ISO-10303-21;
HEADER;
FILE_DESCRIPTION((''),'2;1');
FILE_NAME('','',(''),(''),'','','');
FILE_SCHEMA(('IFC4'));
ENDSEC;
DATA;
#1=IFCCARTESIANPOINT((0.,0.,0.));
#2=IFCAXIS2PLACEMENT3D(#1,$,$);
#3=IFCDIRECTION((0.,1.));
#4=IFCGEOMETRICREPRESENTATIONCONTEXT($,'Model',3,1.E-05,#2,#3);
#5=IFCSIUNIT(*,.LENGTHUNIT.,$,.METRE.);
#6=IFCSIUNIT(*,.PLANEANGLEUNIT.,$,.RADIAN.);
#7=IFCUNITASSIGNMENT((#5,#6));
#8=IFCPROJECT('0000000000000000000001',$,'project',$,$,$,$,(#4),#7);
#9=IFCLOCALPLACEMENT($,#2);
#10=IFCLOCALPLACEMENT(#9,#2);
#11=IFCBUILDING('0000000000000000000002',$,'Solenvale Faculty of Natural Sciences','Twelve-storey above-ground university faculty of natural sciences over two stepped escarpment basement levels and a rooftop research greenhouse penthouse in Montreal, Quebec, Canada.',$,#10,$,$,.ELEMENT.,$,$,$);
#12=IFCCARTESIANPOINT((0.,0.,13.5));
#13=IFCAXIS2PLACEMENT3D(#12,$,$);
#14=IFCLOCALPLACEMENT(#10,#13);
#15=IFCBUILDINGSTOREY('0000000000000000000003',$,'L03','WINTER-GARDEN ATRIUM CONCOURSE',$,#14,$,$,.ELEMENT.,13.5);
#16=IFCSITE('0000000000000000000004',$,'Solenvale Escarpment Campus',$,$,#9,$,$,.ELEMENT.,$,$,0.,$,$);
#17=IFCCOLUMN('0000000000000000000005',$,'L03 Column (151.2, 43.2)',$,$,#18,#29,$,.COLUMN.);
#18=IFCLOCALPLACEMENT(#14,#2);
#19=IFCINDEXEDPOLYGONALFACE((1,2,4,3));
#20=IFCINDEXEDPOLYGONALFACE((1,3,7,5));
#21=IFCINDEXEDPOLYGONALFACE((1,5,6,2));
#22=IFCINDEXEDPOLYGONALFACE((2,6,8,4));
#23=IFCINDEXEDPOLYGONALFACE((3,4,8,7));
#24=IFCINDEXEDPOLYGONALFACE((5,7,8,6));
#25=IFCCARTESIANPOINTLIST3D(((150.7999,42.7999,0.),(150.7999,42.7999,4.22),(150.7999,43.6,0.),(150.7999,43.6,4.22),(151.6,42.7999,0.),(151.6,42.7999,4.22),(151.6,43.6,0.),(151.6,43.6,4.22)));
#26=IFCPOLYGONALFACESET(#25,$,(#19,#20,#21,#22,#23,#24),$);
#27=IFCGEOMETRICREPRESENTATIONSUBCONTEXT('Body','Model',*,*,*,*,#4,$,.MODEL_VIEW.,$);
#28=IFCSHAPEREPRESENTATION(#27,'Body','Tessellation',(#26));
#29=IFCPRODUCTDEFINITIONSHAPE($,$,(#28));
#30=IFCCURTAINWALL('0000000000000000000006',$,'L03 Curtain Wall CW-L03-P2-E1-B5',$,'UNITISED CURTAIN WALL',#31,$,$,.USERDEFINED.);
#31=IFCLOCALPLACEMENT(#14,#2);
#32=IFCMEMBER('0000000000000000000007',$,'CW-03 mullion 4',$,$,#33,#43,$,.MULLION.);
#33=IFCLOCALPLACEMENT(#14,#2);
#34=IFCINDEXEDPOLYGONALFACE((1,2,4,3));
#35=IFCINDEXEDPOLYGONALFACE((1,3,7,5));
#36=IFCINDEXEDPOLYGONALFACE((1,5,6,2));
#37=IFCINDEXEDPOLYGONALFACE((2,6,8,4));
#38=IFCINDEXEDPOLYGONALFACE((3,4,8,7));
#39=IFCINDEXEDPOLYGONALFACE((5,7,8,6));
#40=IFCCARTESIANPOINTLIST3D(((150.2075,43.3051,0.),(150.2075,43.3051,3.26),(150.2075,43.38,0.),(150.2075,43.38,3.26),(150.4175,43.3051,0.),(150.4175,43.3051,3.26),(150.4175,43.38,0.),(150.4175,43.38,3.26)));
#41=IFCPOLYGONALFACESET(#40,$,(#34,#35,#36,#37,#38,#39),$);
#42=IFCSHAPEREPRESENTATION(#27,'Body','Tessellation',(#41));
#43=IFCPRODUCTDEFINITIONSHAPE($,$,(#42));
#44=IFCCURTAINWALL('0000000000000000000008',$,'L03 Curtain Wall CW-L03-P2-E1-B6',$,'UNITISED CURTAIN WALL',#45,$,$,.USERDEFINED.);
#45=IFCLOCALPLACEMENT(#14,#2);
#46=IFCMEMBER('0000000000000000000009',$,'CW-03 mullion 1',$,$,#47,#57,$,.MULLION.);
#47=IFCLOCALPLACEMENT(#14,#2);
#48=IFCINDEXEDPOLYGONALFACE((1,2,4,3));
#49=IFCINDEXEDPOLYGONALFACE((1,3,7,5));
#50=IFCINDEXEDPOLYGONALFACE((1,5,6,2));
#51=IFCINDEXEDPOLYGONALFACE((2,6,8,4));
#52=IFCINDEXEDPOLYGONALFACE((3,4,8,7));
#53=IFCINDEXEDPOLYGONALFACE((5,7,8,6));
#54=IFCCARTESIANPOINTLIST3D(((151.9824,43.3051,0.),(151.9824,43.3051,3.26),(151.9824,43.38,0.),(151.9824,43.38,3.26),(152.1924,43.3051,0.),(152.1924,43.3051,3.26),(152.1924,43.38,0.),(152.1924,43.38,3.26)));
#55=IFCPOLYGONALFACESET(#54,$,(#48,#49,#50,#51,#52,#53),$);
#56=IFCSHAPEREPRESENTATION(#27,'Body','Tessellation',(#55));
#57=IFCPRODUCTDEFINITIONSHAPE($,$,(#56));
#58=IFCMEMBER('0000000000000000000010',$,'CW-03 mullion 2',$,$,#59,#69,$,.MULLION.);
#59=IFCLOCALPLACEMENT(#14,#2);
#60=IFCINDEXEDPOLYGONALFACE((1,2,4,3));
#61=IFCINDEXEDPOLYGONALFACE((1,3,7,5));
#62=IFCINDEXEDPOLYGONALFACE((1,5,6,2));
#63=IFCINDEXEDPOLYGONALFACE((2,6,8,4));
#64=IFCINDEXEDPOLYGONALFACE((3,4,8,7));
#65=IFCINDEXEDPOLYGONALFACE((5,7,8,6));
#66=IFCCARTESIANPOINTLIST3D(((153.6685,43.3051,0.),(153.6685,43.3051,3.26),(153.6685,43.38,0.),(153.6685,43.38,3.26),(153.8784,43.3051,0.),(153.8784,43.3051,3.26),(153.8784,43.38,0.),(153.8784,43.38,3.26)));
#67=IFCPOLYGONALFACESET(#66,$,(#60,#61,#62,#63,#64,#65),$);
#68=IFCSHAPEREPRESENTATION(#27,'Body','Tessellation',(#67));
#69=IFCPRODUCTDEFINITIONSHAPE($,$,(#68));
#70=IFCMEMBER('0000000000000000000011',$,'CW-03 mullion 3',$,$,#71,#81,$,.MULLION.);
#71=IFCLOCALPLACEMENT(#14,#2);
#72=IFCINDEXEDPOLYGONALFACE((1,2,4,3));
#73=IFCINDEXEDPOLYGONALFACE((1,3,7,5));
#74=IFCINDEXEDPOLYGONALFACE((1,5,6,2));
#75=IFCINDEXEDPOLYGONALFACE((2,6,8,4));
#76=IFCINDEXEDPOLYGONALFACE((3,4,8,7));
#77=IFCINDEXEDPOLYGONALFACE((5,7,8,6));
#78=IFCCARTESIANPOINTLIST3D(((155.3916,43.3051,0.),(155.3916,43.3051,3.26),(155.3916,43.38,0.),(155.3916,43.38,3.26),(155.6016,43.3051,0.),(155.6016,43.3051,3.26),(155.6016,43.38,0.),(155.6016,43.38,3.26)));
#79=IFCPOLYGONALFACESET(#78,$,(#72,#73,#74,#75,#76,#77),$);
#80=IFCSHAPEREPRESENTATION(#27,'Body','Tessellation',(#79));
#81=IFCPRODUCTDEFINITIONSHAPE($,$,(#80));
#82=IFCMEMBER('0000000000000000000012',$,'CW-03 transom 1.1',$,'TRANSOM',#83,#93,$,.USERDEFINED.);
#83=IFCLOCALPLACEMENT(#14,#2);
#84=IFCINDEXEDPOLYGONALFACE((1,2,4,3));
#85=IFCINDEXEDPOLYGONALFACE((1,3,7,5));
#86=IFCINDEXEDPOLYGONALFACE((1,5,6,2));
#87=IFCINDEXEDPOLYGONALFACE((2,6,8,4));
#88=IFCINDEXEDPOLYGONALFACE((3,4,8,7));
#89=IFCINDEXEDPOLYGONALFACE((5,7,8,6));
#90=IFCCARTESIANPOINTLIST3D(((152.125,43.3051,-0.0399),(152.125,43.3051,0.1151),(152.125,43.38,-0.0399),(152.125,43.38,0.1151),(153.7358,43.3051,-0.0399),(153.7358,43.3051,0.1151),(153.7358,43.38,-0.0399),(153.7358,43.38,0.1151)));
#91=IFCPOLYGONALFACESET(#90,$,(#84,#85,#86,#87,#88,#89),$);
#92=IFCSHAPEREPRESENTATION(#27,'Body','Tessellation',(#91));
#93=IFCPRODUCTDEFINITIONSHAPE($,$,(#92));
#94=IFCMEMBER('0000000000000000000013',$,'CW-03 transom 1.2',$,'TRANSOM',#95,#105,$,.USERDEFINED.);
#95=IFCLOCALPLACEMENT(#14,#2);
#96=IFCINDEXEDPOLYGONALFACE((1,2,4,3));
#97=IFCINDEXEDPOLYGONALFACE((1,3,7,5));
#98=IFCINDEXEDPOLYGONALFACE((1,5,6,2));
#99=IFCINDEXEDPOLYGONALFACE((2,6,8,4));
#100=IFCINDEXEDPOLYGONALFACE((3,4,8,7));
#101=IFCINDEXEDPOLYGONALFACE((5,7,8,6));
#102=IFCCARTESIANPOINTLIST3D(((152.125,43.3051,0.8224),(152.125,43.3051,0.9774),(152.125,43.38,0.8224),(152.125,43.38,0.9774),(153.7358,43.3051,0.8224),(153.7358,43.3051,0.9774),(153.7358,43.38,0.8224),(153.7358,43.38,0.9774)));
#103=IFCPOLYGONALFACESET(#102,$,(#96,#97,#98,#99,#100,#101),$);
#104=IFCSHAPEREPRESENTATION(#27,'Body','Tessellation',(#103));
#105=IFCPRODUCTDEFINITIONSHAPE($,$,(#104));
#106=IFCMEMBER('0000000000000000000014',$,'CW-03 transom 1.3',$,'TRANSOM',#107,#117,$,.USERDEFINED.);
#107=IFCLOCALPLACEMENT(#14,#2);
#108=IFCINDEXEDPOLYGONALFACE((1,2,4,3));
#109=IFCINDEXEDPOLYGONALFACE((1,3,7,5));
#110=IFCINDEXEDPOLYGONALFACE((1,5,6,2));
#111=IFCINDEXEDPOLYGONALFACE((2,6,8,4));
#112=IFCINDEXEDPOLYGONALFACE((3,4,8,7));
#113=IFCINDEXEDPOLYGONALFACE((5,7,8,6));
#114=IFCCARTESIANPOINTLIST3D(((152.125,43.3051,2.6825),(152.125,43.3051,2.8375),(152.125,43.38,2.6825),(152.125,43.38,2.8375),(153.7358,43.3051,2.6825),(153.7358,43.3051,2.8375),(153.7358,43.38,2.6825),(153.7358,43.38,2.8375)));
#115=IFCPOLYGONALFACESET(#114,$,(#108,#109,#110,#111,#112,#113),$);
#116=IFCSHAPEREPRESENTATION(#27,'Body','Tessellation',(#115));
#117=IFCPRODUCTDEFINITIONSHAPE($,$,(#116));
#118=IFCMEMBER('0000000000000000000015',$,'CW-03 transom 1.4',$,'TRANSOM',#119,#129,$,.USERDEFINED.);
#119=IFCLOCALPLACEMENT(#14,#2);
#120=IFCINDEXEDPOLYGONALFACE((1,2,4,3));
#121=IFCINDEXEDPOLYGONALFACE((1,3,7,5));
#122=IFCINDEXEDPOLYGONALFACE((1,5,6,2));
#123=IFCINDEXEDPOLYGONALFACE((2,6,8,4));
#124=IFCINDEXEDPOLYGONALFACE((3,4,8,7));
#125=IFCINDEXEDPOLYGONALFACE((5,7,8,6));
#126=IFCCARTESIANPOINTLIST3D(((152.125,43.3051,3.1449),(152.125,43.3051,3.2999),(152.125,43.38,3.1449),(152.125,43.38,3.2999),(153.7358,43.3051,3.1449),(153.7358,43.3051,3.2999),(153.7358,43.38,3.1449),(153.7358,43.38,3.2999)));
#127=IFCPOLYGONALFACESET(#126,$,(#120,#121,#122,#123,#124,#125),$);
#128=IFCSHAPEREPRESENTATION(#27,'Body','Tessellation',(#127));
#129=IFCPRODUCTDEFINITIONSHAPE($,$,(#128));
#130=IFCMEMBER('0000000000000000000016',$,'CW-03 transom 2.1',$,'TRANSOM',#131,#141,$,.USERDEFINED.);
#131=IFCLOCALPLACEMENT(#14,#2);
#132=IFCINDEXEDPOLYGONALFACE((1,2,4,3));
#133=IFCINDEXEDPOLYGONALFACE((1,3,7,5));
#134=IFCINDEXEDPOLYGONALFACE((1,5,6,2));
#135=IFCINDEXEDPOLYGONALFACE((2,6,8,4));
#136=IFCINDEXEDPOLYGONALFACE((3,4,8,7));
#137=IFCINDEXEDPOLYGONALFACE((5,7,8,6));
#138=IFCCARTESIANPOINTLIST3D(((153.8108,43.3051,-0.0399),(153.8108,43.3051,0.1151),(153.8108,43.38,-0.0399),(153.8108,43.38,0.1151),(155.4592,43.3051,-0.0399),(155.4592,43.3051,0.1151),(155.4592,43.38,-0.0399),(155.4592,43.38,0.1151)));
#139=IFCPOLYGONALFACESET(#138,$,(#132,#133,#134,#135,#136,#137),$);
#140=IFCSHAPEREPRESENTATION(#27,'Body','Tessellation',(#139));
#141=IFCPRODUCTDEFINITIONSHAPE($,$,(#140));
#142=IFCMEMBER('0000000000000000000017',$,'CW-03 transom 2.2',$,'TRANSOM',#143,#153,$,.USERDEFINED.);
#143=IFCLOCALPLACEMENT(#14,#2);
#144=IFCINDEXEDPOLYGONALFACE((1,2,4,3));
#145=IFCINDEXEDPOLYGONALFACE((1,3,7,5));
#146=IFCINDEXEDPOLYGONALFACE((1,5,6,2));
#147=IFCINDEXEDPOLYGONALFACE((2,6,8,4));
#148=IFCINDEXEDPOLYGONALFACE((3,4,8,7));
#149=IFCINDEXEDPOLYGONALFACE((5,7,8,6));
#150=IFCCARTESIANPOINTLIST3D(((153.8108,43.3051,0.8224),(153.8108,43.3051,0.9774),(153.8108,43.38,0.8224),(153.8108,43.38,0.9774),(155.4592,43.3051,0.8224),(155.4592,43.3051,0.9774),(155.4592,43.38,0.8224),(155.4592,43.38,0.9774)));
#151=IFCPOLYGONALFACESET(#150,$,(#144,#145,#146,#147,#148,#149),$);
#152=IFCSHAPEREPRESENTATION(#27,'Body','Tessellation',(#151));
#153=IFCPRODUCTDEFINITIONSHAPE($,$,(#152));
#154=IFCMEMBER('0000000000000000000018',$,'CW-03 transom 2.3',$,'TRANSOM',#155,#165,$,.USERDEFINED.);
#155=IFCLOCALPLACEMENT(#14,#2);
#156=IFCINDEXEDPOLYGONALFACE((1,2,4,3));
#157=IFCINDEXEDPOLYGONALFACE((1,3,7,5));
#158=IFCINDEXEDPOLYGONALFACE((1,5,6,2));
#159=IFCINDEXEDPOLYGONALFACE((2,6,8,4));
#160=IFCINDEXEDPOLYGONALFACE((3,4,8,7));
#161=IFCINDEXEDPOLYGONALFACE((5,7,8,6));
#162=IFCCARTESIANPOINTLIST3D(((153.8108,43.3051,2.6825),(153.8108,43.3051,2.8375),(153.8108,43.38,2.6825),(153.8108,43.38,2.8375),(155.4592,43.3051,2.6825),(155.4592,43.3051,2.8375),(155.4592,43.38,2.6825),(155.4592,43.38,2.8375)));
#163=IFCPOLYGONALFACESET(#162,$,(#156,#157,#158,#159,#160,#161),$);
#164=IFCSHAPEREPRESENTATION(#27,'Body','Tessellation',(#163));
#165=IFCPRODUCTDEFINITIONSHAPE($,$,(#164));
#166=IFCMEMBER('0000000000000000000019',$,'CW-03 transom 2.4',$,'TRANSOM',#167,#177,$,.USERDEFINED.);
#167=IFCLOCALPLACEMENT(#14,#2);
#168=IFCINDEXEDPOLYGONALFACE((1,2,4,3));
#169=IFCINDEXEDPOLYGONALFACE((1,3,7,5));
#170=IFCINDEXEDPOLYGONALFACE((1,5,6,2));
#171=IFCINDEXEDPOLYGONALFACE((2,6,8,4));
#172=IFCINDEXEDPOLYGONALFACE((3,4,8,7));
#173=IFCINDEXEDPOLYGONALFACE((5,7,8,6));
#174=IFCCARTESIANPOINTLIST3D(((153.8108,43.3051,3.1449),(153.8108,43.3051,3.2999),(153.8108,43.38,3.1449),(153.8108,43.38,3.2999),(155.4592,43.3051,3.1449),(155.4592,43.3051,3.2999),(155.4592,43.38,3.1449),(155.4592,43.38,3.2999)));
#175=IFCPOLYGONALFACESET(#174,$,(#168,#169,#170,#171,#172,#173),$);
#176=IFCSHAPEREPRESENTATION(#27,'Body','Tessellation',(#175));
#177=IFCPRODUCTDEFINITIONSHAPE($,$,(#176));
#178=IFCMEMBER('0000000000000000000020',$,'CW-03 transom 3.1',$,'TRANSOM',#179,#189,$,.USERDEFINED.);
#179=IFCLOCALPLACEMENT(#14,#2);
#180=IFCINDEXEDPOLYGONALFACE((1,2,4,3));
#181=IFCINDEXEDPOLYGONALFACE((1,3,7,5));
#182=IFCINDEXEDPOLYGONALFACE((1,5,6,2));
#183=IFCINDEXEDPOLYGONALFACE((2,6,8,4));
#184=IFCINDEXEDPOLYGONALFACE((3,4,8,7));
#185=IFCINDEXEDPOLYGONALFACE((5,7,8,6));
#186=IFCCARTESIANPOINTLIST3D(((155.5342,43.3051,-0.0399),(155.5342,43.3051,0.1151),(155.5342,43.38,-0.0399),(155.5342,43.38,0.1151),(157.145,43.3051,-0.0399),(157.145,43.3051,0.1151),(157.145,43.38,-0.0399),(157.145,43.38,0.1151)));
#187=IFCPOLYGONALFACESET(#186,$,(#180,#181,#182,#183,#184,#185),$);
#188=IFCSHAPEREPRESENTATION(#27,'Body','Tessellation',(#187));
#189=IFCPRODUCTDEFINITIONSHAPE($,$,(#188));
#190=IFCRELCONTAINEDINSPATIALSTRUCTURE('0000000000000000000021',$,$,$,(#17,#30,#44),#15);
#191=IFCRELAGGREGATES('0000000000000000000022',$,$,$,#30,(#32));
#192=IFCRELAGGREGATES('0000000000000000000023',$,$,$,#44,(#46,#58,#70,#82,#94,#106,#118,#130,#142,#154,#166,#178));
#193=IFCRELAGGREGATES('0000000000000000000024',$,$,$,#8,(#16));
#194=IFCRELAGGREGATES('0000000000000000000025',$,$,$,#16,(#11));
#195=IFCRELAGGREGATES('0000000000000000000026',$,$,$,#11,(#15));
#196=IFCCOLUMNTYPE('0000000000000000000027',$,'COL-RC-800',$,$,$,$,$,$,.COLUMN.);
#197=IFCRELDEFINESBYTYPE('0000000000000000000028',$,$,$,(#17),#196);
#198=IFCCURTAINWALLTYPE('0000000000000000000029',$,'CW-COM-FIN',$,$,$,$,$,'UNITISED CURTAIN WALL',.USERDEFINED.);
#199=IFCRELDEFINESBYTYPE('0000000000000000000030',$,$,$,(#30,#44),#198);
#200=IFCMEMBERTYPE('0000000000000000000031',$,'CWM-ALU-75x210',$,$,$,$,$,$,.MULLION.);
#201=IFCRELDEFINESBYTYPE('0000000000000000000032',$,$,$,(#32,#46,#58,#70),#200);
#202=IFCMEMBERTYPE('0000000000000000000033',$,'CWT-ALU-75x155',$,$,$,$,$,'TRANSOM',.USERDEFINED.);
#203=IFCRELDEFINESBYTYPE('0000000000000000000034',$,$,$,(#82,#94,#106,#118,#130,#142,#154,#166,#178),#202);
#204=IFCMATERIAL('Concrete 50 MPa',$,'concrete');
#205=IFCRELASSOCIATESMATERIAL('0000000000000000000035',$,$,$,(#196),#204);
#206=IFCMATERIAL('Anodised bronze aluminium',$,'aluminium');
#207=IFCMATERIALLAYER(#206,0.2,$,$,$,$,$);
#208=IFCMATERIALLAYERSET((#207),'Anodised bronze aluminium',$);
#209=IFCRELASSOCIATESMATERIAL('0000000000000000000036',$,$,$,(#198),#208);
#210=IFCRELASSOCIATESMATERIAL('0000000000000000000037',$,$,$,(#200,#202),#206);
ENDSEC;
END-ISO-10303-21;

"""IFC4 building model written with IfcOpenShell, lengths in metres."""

from ifc_helpers import new_model, si_unit, direction, frame, origin, origin_2d, place, context, subcontext, project, spatial, rectangle, extrude, material, layer, layer_set, material_profile, profile_set, type_object, element, aggregate, save


model = new_model("IFC4")

# Units and contexts
model_context = context("Model", 3, precision=1e-05, world=origin(), true_north=direction((0.0, 1.0)))
body_context = subcontext(model_context, "Body", "Model", "MODEL_VIEW")
ifc_project = project(units=[si_unit("LENGTHUNIT", "METRE"), si_unit("PLANEANGLEUNIT", "RADIAN")], contexts=[model_context])

# Site, building, storey
site_placement = place(None, origin())
site = spatial("IfcSite", under=ifc_project, at=site_placement, Name="Solenvale Escarpment Campus", CompositionType="ELEMENT", RefElevation=0.0)
building_placement = place(site_placement, origin())
building = spatial("IfcBuilding", under=site, at=building_placement, Name="Solenvale Faculty of Natural Sciences", Description="Twelve-storey above-ground university faculty of natural sciences over two stepped escarpment basement levels and a rooftop research greenhouse penthouse in Montreal, Quebec, Canada.", CompositionType="ELEMENT")
storey_placement = place(building_placement, frame((0.0, 0.0, 13.5)))
storey = spatial("IfcBuildingStorey", under=building, at=storey_placement, Name="L03", Description="WINTER-GARDEN ATRIUM CONCOURSE", CompositionType="ELEMENT", Elevation=13.5)

# Column
ifc_material_1 = material(Name="Concrete 50 MPa", Category="concrete")
ifc_material_profile_1 = material_profile(ifc_material_1, rectangle(XDim=0.8, YDim=0.8, at=origin_2d()), Name="RC-COL-800x800")
ifc_profile_set_1 = profile_set([ifc_material_profile_1], Name="Concrete 50 MPa")
column_type = type_object("IfcColumnType", Name="COL-RC-800", PredefinedType="COLUMN", material=ifc_profile_set_1)
column_placement = place(storey_placement, frame((151.2, 43.2, 0.0), z_axis=(0.0, 0.0, 1.0), x_axis=(1.0, 0.0, 0.0)))
element("IfcColumn", 1, at=column_placement, inside=storey, type_object=column_type, Name="L03 Column (151.2, 43.2)", PredefinedType="COLUMN", context=body_context, shape_type="SweptSolid", body=[
    extrude(rectangle(XDim=0.8, YDim=0.8, at=origin_2d()), origin(), (0.0, 0.0, 1.0), 4.22),
])

# Curtain wall, member
ifc_material_2 = material(Name="Anodised bronze aluminium", Category="aluminium")
ifc_layer_1 = layer(ifc_material_2, 0.2)
ifc_layer_set_1 = layer_set([ifc_layer_1], Name="Anodised bronze aluminium")
curtain_wall_type = type_object("IfcCurtainWallType", Name="CW-COM-FIN", ElementType="UNITISED CURTAIN WALL", PredefinedType="USERDEFINED", material=ifc_layer_set_1)
curtain_wall_1_placement = place(storey_placement, origin())
curtain_wall_1 = element("IfcCurtainWall", 2, at=curtain_wall_1_placement, inside=storey, type_object=curtain_wall_type, Name="L03 Curtain Wall CW-L03-P2-E1-B5", ObjectType="UNITISED CURTAIN WALL", PredefinedType="USERDEFINED")
ifc_material_profile_2 = material_profile(ifc_material_2, rectangle(XDim=0.075, YDim=0.21, at=origin_2d()), Name="ALU-MUL-75x210")
ifc_profile_set_2 = profile_set([ifc_material_profile_2], Name="Anodised bronze aluminium")
member_type_1 = type_object("IfcMemberType", Name="CWM-ALU-75x210", PredefinedType="MULLION", material=ifc_profile_set_2)
member_1_placement = place(storey_placement, frame((150.3125, 43.3425, 0.0), z_axis=(0.0, 0.0, 1.0), x_axis=(0.0, 1.0, 0.0)))
member_1 = element("IfcMember", 3, at=member_1_placement, type_object=member_type_1, Name="CW-03 mullion 4", PredefinedType="MULLION", context=body_context, shape_type="SweptSolid", body=[
    extrude(rectangle(XDim=0.075, YDim=0.21, at=origin_2d()), origin(), (0.0, 0.0, 1.0), 3.26),
])
aggregate(curtain_wall_1, [member_1])

# Curtain wall, members
curtain_wall_2_placement = place(storey_placement, origin())
curtain_wall_2 = element("IfcCurtainWall", 4, at=curtain_wall_2_placement, inside=storey, type_object=curtain_wall_type, Name="L03 Curtain Wall CW-L03-P2-E1-B6", ObjectType="UNITISED CURTAIN WALL", PredefinedType="USERDEFINED")
member_2_placement = place(storey_placement, frame((152.0874, 43.3425, 0.0), z_axis=(0.0, 0.0, 1.0), x_axis=(0.0, 1.0, 0.0)))
member_2 = element("IfcMember", 5, at=member_2_placement, type_object=member_type_1, Name="CW-03 mullion 1", PredefinedType="MULLION", context=body_context, shape_type="SweptSolid", body=[
    extrude(rectangle(XDim=0.075, YDim=0.21, at=origin_2d()), origin(), (0.0, 0.0, 1.0), 3.26),
])
member_3_placement = place(storey_placement, frame((153.7734, 43.3425, 0.0), z_axis=(0.0, 0.0, 1.0), x_axis=(0.0, 1.0, 0.0)))
member_3 = element("IfcMember", 6, at=member_3_placement, type_object=member_type_1, Name="CW-03 mullion 2", PredefinedType="MULLION", context=body_context, shape_type="SweptSolid", body=[
    extrude(rectangle(XDim=0.075, YDim=0.21, at=origin_2d()), origin(), (0.0, 0.0, 1.0), 3.26),
])
member_4_placement = place(storey_placement, frame((155.4966, 43.3425, 0.0), z_axis=(0.0, 0.0, 1.0), x_axis=(0.0, 1.0, 0.0)))
member_4 = element("IfcMember", 7, at=member_4_placement, type_object=member_type_1, Name="CW-03 mullion 3", PredefinedType="MULLION", context=body_context, shape_type="SweptSolid", body=[
    extrude(rectangle(XDim=0.075, YDim=0.21, at=origin_2d()), origin(), (0.0, 0.0, 1.0), 3.26),
])
ifc_material_profile_3 = material_profile(ifc_material_2, rectangle(XDim=0.075, YDim=0.155, at=origin_2d()), Name="ALU-TRN-75x155")
ifc_profile_set_3 = profile_set([ifc_material_profile_3], Name="Anodised bronze aluminium")
member_type_2 = type_object("IfcMemberType", Name="CWT-ALU-75x155", ElementType="TRANSOM", PredefinedType="USERDEFINED", material=ifc_profile_set_3)
member_5_placement = place(storey_placement, frame((152.125, 43.3425, 0.0376), z_axis=(1.0, 0.0, 0.0), x_axis=(0.0, 1.0, 0.0)))
member_5 = element("IfcMember", 8, at=member_5_placement, type_object=member_type_2, Name="CW-03 transom 1.1", ObjectType="TRANSOM", PredefinedType="USERDEFINED", context=body_context, shape_type="SweptSolid", body=[
    extrude(rectangle(XDim=0.075, YDim=0.155, at=origin_2d()), origin(), (0.0, 0.0, 1.0), 1.6108),
])
member_6_placement = place(storey_placement, frame((152.125, 43.3425, 0.8999), z_axis=(1.0, 0.0, 0.0), x_axis=(0.0, 1.0, 0.0)))
member_6 = element("IfcMember", 9, at=member_6_placement, type_object=member_type_2, Name="CW-03 transom 1.2", ObjectType="TRANSOM", PredefinedType="USERDEFINED", context=body_context, shape_type="SweptSolid", body=[
    extrude(rectangle(XDim=0.075, YDim=0.155, at=origin_2d()), origin(), (0.0, 0.0, 1.0), 1.6108),
])
member_7_placement = place(storey_placement, frame((152.125, 43.3425, 2.76), z_axis=(1.0, 0.0, 0.0), x_axis=(0.0, 1.0, 0.0)))
member_7 = element("IfcMember", 10, at=member_7_placement, type_object=member_type_2, Name="CW-03 transom 1.3", ObjectType="TRANSOM", PredefinedType="USERDEFINED", context=body_context, shape_type="SweptSolid", body=[
    extrude(rectangle(XDim=0.075, YDim=0.155, at=origin_2d()), origin(), (0.0, 0.0, 1.0), 1.6108),
])
member_8_placement = place(storey_placement, frame((152.125, 43.3425, 3.2224), z_axis=(1.0, 0.0, 0.0), x_axis=(0.0, 1.0, 0.0)))
member_8 = element("IfcMember", 11, at=member_8_placement, type_object=member_type_2, Name="CW-03 transom 1.4", ObjectType="TRANSOM", PredefinedType="USERDEFINED", context=body_context, shape_type="SweptSolid", body=[
    extrude(rectangle(XDim=0.075, YDim=0.155, at=origin_2d()), origin(), (0.0, 0.0, 1.0), 1.6108),
])
member_9_placement = place(storey_placement, frame((153.8108, 43.3425, 0.0376), z_axis=(1.0, 0.0, 0.0), x_axis=(0.0, 1.0, 0.0)))
member_9 = element("IfcMember", 12, at=member_9_placement, type_object=member_type_2, Name="CW-03 transom 2.1", ObjectType="TRANSOM", PredefinedType="USERDEFINED", context=body_context, shape_type="SweptSolid", body=[
    extrude(rectangle(XDim=0.075, YDim=0.155, at=origin_2d()), origin(), (0.0, 0.0, 1.0), 1.6484),
])
member_10_placement = place(storey_placement, frame((153.8108, 43.3425, 0.8999), z_axis=(1.0, 0.0, 0.0), x_axis=(0.0, 1.0, 0.0)))
member_10 = element("IfcMember", 13, at=member_10_placement, type_object=member_type_2, Name="CW-03 transom 2.2", ObjectType="TRANSOM", PredefinedType="USERDEFINED", context=body_context, shape_type="SweptSolid", body=[
    extrude(rectangle(XDim=0.075, YDim=0.155, at=origin_2d()), origin(), (0.0, 0.0, 1.0), 1.6484),
])
member_11_placement = place(storey_placement, frame((153.8108, 43.3425, 2.76), z_axis=(1.0, 0.0, 0.0), x_axis=(0.0, 1.0, 0.0)))
member_11 = element("IfcMember", 14, at=member_11_placement, type_object=member_type_2, Name="CW-03 transom 2.3", ObjectType="TRANSOM", PredefinedType="USERDEFINED", context=body_context, shape_type="SweptSolid", body=[
    extrude(rectangle(XDim=0.075, YDim=0.155, at=origin_2d()), origin(), (0.0, 0.0, 1.0), 1.6484),
])
member_12_placement = place(storey_placement, frame((153.8108, 43.3425, 3.2224), z_axis=(1.0, 0.0, 0.0), x_axis=(0.0, 1.0, 0.0)))
member_12 = element("IfcMember", 15, at=member_12_placement, type_object=member_type_2, Name="CW-03 transom 2.4", ObjectType="TRANSOM", PredefinedType="USERDEFINED", context=body_context, shape_type="SweptSolid", body=[
    extrude(rectangle(XDim=0.075, YDim=0.155, at=origin_2d()), origin(), (0.0, 0.0, 1.0), 1.6484),
])
member_13_placement = place(storey_placement, frame((155.5342, 43.3425, 0.0376), z_axis=(1.0, 0.0, 0.0), x_axis=(0.0, 1.0, 0.0)))
member_13 = element("IfcMember", 16, at=member_13_placement, type_object=member_type_2, Name="CW-03 transom 3.1", ObjectType="TRANSOM", PredefinedType="USERDEFINED", context=body_context, shape_type="SweptSolid", body=[
    extrude(rectangle(XDim=0.075, YDim=0.155, at=origin_2d()), origin(), (0.0, 0.0, 1.0), 1.6108),
])
aggregate(curtain_wall_2, [member_2, member_3, member_4, member_5, member_6, member_7, member_8, member_9, member_10, member_11, member_12, member_13])

save(model, "model.ifc")
